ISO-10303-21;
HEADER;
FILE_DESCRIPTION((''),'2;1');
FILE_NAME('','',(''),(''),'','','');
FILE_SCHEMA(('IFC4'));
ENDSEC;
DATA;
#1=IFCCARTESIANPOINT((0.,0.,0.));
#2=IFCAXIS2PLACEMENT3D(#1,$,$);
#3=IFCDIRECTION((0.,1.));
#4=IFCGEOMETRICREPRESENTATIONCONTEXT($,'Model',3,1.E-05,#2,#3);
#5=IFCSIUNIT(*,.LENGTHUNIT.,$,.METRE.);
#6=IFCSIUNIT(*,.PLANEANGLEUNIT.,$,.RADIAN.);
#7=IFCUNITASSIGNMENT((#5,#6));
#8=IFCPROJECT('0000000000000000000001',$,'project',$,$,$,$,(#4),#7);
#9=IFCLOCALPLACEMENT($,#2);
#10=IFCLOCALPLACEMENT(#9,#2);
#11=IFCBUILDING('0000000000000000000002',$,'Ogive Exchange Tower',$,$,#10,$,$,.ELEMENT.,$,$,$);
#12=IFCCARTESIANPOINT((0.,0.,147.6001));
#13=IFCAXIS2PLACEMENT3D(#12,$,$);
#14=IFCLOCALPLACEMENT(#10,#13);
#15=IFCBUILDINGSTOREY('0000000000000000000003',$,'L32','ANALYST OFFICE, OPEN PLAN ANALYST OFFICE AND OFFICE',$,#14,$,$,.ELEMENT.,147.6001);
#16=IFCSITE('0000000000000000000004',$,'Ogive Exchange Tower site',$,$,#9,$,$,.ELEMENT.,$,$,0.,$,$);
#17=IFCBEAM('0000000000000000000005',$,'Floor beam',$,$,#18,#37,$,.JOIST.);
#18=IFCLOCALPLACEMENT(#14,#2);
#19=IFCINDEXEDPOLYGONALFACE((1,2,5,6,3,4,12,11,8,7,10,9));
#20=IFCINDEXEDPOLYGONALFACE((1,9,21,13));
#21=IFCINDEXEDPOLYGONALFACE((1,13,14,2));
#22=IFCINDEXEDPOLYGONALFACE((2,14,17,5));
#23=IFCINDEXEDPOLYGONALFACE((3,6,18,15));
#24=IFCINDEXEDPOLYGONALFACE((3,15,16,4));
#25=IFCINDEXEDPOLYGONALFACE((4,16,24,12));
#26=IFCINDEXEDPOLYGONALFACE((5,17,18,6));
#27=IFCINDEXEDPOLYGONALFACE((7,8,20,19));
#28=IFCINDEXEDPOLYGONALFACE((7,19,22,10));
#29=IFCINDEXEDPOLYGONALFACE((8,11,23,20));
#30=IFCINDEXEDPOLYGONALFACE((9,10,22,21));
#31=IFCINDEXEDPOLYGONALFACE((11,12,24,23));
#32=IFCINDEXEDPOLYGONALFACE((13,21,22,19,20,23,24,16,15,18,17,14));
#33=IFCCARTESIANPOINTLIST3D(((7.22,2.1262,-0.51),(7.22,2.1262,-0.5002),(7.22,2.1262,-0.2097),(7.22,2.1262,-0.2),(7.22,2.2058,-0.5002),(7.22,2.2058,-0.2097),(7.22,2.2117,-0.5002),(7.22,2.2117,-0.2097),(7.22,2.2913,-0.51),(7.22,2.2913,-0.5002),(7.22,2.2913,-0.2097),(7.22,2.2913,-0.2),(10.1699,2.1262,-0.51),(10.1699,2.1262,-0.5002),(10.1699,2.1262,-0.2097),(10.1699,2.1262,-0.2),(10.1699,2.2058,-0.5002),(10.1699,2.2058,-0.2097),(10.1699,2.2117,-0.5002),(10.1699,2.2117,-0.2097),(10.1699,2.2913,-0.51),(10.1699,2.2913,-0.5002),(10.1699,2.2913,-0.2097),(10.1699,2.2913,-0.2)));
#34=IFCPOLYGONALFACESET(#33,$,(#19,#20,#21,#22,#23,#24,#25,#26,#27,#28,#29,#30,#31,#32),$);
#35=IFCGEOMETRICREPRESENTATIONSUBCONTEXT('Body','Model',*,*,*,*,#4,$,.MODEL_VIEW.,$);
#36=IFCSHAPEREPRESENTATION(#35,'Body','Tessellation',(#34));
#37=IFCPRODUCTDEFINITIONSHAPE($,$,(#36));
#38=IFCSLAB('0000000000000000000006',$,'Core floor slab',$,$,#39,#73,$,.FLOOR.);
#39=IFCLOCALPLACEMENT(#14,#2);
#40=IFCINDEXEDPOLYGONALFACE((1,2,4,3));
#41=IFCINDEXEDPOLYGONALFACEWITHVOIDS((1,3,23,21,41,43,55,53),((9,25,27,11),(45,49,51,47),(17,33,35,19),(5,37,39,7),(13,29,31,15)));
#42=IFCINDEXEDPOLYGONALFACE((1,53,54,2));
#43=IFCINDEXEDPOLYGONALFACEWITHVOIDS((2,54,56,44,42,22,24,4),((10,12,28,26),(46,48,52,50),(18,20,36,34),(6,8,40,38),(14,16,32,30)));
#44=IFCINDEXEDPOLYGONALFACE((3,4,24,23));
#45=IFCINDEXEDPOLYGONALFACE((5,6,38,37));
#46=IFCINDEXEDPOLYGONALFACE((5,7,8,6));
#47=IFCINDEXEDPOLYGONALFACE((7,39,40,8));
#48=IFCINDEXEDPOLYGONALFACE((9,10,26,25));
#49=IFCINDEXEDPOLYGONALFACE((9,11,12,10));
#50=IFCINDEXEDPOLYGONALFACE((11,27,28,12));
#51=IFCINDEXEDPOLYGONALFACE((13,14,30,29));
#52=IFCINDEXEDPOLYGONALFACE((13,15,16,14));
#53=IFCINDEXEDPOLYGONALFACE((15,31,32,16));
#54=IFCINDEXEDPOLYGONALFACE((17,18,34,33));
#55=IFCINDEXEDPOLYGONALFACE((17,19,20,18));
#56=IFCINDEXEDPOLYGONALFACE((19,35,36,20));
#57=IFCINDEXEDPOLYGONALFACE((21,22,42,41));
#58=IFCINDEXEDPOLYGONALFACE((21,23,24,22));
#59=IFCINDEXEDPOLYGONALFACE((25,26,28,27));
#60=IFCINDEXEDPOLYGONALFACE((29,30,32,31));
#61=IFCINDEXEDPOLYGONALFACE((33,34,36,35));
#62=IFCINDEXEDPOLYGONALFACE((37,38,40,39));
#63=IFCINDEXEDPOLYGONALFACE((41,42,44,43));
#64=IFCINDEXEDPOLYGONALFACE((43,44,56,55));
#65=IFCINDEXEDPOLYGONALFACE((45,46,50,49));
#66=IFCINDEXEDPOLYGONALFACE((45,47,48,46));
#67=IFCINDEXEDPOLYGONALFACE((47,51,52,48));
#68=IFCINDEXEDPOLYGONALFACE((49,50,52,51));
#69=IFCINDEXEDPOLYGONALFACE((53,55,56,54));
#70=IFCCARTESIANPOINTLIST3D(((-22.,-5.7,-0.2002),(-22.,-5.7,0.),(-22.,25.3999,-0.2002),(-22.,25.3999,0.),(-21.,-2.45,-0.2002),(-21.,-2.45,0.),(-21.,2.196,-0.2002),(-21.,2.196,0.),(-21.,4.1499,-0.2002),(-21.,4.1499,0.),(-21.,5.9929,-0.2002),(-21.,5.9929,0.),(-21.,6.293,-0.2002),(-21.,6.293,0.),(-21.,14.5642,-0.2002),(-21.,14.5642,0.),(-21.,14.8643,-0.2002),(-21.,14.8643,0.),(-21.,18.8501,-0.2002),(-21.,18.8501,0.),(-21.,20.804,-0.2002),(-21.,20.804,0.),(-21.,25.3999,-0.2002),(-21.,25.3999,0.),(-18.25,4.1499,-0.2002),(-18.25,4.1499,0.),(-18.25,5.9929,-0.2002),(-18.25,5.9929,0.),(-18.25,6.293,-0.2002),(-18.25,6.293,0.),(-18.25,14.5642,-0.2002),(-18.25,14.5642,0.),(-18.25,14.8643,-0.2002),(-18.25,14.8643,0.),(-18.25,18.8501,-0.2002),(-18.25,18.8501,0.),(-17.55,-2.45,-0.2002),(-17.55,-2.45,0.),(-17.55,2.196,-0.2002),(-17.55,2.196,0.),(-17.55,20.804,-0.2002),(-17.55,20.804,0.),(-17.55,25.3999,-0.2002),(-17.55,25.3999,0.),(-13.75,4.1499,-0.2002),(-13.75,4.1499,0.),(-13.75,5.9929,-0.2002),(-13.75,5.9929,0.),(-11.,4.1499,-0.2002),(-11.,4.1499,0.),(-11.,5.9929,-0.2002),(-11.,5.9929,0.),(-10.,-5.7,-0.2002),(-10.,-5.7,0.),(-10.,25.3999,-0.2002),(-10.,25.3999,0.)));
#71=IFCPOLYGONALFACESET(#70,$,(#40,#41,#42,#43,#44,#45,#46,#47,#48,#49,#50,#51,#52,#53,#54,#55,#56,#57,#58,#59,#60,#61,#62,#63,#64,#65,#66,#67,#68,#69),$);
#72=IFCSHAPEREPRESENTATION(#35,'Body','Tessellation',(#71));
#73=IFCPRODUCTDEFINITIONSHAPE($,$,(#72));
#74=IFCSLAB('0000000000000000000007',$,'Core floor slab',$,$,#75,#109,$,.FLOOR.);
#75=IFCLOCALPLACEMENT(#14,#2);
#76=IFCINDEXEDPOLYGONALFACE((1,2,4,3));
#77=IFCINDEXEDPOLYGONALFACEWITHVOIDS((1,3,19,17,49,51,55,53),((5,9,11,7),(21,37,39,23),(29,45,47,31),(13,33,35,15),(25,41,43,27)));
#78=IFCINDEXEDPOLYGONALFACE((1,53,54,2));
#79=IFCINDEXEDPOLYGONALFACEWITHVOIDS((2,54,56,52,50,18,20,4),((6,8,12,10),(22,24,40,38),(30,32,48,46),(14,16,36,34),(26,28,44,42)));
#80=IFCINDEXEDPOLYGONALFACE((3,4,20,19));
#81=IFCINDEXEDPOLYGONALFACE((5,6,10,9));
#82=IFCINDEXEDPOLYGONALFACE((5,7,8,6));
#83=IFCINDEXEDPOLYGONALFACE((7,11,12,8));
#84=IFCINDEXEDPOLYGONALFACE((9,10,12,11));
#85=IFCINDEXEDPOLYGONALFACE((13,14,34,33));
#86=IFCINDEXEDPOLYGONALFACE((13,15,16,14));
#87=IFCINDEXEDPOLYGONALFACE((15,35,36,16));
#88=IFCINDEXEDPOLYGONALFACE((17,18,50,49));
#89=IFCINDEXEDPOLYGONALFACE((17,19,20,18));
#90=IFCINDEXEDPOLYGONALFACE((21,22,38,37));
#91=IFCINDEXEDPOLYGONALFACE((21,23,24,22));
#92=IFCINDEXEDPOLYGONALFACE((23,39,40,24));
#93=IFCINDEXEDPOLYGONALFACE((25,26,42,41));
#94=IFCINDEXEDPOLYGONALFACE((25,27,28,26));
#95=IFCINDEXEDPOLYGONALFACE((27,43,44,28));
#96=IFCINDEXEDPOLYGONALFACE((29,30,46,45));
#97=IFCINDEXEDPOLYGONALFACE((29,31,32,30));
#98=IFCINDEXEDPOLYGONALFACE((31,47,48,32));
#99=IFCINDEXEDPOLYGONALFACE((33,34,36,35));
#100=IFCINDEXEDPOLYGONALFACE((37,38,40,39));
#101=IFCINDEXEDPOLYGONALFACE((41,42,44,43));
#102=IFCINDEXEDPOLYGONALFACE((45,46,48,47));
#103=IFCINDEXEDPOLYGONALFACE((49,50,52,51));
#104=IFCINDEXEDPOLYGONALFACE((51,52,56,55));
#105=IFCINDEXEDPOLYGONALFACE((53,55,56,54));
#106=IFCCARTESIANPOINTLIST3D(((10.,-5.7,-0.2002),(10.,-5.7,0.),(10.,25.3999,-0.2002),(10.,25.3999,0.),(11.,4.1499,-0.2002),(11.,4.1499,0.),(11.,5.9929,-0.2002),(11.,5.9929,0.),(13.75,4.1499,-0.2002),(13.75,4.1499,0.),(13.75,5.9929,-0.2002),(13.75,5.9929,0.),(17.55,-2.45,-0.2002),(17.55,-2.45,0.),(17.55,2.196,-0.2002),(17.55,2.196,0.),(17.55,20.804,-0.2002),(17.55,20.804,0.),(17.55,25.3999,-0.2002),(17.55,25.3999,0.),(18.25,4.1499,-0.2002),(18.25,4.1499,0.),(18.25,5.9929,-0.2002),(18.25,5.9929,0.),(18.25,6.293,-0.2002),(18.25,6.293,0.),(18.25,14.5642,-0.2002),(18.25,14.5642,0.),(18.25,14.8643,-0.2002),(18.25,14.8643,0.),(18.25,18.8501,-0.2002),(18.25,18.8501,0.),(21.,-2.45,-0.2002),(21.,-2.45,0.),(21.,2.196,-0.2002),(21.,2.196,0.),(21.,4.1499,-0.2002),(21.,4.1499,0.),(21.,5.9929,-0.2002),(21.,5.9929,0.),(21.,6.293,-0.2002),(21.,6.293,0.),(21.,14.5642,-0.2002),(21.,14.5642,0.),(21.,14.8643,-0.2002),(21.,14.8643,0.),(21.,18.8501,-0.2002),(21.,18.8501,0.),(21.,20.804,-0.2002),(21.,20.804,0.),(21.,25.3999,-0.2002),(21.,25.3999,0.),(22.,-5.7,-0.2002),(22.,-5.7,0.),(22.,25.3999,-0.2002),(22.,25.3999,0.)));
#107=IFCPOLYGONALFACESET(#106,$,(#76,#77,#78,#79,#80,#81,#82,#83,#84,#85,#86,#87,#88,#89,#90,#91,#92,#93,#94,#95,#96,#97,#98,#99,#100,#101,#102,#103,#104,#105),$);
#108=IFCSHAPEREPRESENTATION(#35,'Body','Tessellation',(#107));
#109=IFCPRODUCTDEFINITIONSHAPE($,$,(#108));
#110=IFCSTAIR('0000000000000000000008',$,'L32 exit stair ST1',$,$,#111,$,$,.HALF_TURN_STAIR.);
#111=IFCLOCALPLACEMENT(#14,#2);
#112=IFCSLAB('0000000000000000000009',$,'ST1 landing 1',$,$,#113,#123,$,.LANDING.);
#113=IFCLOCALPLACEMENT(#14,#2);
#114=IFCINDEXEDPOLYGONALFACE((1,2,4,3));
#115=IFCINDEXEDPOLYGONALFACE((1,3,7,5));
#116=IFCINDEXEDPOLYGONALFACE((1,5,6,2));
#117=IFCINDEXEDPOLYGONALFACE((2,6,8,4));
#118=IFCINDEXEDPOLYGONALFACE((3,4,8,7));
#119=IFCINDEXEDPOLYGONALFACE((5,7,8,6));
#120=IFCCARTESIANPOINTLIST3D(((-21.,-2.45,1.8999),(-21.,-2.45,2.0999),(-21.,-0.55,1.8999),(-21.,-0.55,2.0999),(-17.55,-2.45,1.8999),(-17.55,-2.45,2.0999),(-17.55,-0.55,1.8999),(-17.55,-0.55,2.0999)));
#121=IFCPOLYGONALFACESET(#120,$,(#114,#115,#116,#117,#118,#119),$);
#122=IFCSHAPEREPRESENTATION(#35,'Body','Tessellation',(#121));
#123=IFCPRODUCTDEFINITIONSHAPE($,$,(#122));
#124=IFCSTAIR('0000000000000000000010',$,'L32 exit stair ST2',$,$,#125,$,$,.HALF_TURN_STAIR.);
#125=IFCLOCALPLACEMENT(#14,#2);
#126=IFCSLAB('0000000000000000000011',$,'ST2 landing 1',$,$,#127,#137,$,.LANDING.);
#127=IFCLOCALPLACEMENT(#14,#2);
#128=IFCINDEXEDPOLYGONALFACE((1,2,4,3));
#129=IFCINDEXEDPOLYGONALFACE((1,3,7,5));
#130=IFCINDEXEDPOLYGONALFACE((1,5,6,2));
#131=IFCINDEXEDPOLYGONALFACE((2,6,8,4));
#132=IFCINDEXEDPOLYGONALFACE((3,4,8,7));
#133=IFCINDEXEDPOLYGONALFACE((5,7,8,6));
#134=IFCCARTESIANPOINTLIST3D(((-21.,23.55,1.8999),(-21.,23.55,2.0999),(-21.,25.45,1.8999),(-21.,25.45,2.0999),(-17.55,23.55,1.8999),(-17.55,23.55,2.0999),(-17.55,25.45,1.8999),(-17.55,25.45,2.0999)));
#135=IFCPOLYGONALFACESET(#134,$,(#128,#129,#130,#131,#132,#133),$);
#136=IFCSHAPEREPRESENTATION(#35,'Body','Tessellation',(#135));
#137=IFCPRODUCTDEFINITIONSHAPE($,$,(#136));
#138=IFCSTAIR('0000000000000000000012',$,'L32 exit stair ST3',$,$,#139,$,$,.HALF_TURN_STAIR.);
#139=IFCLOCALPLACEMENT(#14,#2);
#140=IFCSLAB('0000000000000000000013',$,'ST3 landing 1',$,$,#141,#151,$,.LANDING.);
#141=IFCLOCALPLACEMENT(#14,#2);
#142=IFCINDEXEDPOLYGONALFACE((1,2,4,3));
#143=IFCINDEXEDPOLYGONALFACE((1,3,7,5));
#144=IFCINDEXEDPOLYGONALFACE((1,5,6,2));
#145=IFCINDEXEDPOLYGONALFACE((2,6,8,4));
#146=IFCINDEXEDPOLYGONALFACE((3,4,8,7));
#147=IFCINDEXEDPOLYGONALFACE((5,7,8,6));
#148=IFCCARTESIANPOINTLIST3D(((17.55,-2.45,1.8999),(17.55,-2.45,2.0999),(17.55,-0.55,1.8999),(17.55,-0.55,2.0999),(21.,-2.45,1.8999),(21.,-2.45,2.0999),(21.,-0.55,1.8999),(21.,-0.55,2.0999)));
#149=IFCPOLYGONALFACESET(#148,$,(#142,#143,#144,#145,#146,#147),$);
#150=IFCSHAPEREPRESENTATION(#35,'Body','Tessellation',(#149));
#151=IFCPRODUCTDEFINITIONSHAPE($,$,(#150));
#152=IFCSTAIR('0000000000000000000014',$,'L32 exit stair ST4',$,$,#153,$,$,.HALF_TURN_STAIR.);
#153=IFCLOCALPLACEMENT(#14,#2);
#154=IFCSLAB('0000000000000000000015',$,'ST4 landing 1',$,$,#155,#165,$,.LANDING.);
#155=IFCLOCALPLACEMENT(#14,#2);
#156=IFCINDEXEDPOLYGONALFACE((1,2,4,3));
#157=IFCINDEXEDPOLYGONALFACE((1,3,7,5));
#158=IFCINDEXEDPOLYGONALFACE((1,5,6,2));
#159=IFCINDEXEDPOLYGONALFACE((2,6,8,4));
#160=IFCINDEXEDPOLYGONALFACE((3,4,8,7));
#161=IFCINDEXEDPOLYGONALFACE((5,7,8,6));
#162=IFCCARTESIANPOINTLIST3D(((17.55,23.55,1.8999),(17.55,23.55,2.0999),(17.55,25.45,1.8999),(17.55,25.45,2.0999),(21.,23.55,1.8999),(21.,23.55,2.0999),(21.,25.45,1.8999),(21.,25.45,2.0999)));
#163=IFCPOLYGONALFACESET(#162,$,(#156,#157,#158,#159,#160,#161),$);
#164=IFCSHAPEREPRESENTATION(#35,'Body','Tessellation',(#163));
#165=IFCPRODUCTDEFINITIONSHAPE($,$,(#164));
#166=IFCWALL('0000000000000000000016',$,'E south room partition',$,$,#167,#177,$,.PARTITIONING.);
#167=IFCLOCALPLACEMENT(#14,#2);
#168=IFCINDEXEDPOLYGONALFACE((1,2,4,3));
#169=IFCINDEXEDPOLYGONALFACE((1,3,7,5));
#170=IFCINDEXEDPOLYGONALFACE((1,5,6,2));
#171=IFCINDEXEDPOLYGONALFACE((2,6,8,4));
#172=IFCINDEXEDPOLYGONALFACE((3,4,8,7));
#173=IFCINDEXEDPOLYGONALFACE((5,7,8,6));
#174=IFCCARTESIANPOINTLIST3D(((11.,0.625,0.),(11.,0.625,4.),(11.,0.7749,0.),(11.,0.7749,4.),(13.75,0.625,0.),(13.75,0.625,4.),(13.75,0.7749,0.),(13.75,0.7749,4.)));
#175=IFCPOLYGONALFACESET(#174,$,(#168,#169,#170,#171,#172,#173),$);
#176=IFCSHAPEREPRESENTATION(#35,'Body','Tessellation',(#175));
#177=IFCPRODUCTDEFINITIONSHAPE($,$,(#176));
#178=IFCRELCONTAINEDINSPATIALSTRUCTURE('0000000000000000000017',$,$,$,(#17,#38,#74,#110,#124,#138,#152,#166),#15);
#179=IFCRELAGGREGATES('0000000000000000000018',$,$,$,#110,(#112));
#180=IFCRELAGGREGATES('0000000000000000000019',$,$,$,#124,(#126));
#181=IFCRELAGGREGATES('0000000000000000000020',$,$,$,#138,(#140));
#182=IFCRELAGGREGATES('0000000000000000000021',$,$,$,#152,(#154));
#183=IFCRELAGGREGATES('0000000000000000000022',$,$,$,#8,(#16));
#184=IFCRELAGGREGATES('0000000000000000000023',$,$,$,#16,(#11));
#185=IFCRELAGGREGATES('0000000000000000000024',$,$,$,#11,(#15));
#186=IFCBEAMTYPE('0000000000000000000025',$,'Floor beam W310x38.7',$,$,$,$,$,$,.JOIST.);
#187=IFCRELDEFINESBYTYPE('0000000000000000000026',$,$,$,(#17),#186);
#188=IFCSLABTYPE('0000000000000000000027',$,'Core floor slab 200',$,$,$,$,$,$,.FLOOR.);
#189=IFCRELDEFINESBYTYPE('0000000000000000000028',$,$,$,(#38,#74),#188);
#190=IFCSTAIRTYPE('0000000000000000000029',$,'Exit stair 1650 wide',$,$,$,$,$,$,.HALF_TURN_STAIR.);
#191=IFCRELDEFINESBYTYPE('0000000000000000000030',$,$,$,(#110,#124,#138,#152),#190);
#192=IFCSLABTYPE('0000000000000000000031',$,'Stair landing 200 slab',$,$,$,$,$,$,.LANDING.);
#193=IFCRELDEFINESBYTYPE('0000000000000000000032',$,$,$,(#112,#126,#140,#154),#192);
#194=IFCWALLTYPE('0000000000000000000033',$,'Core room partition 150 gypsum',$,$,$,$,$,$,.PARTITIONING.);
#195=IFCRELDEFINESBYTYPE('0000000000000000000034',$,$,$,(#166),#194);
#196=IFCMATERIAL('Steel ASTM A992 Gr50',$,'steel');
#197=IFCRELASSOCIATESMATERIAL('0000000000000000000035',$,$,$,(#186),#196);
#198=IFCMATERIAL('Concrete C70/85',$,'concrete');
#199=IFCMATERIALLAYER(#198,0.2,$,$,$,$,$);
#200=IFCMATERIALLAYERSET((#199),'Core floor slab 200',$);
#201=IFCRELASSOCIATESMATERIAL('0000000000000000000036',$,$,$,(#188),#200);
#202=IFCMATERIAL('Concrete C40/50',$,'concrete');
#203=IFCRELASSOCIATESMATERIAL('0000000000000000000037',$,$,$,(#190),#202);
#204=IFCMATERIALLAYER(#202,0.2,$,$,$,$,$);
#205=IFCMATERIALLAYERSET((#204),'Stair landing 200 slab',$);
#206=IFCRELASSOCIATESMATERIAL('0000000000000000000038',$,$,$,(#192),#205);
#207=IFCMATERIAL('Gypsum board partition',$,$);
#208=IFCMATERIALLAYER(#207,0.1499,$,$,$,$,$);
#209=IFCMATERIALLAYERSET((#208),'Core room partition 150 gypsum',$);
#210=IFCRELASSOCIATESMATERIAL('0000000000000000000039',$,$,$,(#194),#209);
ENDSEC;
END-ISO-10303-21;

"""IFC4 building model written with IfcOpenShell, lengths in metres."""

from ifc_helpers import new_model, si_unit, direction, frame, frame_2d, origin, origin_2d, place, context, subcontext, project, spatial, polyline, rectangle, i_section, outline, extrude, material, layer, layer_set, material_profile, profile_set, type_object, element, aggregate, save


model = new_model("IFC4")

# Units and contexts
model_context = context("Model", 3, precision=1e-05, world=origin(), true_north=direction((0.0, 1.0)))
body_context = subcontext(model_context, "Body", "Model", "MODEL_VIEW")
ifc_project = project(units=[si_unit("LENGTHUNIT", "METRE"), si_unit("PLANEANGLEUNIT", "RADIAN")], contexts=[model_context])

# Site, building, storey
site_placement = place(None, origin())
site = spatial("IfcSite", under=ifc_project, at=site_placement, Name="Ogive Exchange Tower site", CompositionType="ELEMENT", RefElevation=0.0)
building_placement = place(site_placement, origin())
building = spatial("IfcBuilding", under=site, at=building_placement, Name="Ogive Exchange Tower", CompositionType="ELEMENT")
storey_placement = place(building_placement, frame((0.0, 0.0, 147.6001)))
storey = spatial("IfcBuildingStorey", under=building, at=storey_placement, Name="L32", Description="ANALYST OFFICE, OPEN PLAN ANALYST OFFICE AND OFFICE", CompositionType="ELEMENT", Elevation=147.6001)

# Beam
ifc_material_1 = material(Name="Steel ASTM A992 Gr50", Category="steel")
ifc_material_profile = material_profile(ifc_material_1, i_section(OverallWidth=0.165, OverallDepth=0.3101, WebThickness=0.0059, FlangeThickness=0.0098, at=origin_2d()), Name="W310x38.7")
ifc_profile_set = profile_set([ifc_material_profile], Name="Steel ASTM A992 Gr50")
beam_type = type_object("IfcBeamType", Name="Floor beam W310x38.7", PredefinedType="JOIST", material=ifc_profile_set)
beam_placement = place(storey_placement, frame((7.22, 2.2087, -0.355), z_axis=(1.0, 0.0, 0.0), x_axis=(0.0, 1.0, 0.0)))
element("IfcBeam", 1, at=beam_placement, inside=storey, type_object=beam_type, Name="Floor beam", PredefinedType="JOIST", context=body_context, shape_type="SweptSolid", body=[
    extrude(i_section(OverallWidth=0.165, OverallDepth=0.3101, WebThickness=0.0059, FlangeThickness=0.0098, at=origin_2d()), origin(), (0.0, 0.0, 1.0), 2.95),
])

# Slabs
ifc_material_2 = material(Name="Concrete C70/85", Category="concrete")
ifc_layer_1 = layer(ifc_material_2, 0.2)
ifc_layer_set_1 = layer_set([ifc_layer_1], Name="Core floor slab 200")
slab_type_1 = type_object("IfcSlabType", Name="Core floor slab 200", PredefinedType="FLOOR", material=ifc_layer_set_1)
slab_1_placement = place(storey_placement, frame((0.0, 0.0, -0.2002)))
element("IfcSlab", 2, at=slab_1_placement, inside=storey, type_object=slab_type_1, Name="Core floor slab", PredefinedType="FLOOR", context=body_context, shape_type="SweptSolid", body=[
    extrude(outline(polyline([(-10.0, 25.3999), (-10.0, -5.7), (-22.0, -5.7), (-22.0, 25.3999), (-21.0, 25.3999), (-21.0, 20.804), (-17.55, 20.804), (-17.55, 25.3999), (-10.0, 25.3999)]), holes=[polyline([(-17.55, 2.196), (-21.0, 2.196), (-21.0, -2.45), (-17.55, -2.45), (-17.55, 2.196)]), polyline([(-18.25, 5.9929), (-21.0, 5.9929), (-21.0, 4.1499), (-18.25, 4.1499), (-18.25, 5.9929)]), polyline([(-11.0, 5.9929), (-13.75, 5.9929), (-13.75, 4.1499), (-11.0, 4.1499), (-11.0, 5.9929)]), polyline([(-21.0, 14.5642), (-21.0, 6.293), (-18.25, 6.293), (-18.25, 14.5642), (-21.0, 14.5642)]), polyline([(-18.25, 18.8501), (-21.0, 18.8501), (-21.0, 14.8643), (-18.25, 14.8643), (-18.25, 18.8501)])]), origin(), (0.0, 0.0, 1.0), 0.2002),
])
slab_2_placement = place(storey_placement, frame((0.0, 0.0, -0.2002)))
element("IfcSlab", 3, at=slab_2_placement, inside=storey, type_object=slab_type_1, Name="Core floor slab", PredefinedType="FLOOR", context=body_context, shape_type="SweptSolid", body=[
    extrude(outline(polyline([(22.0, 25.3999), (22.0, -5.7), (10.0, -5.7), (10.0, 25.3999), (17.55, 25.3999), (17.55, 20.804), (21.0, 20.804), (21.0, 25.3999), (22.0, 25.3999)]), holes=[polyline([(21.0, 2.196), (17.55, 2.196), (17.55, -2.45), (21.0, -2.45), (21.0, 2.196)]), polyline([(13.75, 5.9929), (11.0, 5.9929), (11.0, 4.1499), (13.75, 4.1499), (13.75, 5.9929)]), polyline([(21.0, 5.9929), (18.25, 5.9929), (18.25, 4.1499), (21.0, 4.1499), (21.0, 5.9929)]), polyline([(18.25, 14.5642), (18.25, 6.293), (21.0, 6.293), (21.0, 14.5642), (18.25, 14.5642)]), polyline([(21.0, 18.8501), (18.25, 18.8501), (18.25, 14.8643), (21.0, 14.8643), (21.0, 18.8501)])]), origin(), (0.0, 0.0, 1.0), 0.2002),
])

# Stairs, slabs
ifc_material_3 = material(Name="Concrete C40/50", Category="concrete")
stair_type = type_object("IfcStairType", Name="Exit stair 1650 wide", PredefinedType="HALF_TURN_STAIR", material=ifc_material_3)
stair_1_placement = place(storey_placement, origin())
stair_1 = element("IfcStair", 4, at=stair_1_placement, inside=storey, type_object=stair_type, Name="L32 exit stair ST1", PredefinedType="HALF_TURN_STAIR")
ifc_layer_2 = layer(ifc_material_3, 0.2)
ifc_layer_set_2 = layer_set([ifc_layer_2], Name="Stair landing 200 slab")
slab_type_2 = type_object("IfcSlabType", Name="Stair landing 200 slab", PredefinedType="LANDING", material=ifc_layer_set_2)
slab_3_placement = place(storey_placement, frame((0.0, 0.0, 1.8999)))
slab_3 = element("IfcSlab", 5, at=slab_3_placement, type_object=slab_type_2, Name="ST1 landing 1", PredefinedType="LANDING", context=body_context, shape_type="SweptSolid", body=[
    extrude(outline(polyline([(-21.0, -0.55), (-21.0, -2.45), (-17.55, -2.45), (-17.55, -0.55), (-21.0, -0.55)])), origin(), (0.0, 0.0, 1.0), 0.2),
])
aggregate(stair_1, [slab_3])
stair_2_placement = place(storey_placement, origin())
stair_2 = element("IfcStair", 6, at=stair_2_placement, inside=storey, type_object=stair_type, Name="L32 exit stair ST2", PredefinedType="HALF_TURN_STAIR")
slab_4_placement = place(storey_placement, frame((0.0, 0.0, 1.8999)))
slab_4 = element("IfcSlab", 7, at=slab_4_placement, type_object=slab_type_2, Name="ST2 landing 1", PredefinedType="LANDING", context=body_context, shape_type="SweptSolid", body=[
    extrude(outline(polyline([(-17.55, 23.55), (-17.55, 25.45), (-21.0, 25.45), (-21.0, 23.55), (-17.55, 23.55)])), origin(), (0.0, 0.0, 1.0), 0.2),
])
aggregate(stair_2, [slab_4])
stair_3_placement = place(storey_placement, origin())
stair_3 = element("IfcStair", 8, at=stair_3_placement, inside=storey, type_object=stair_type, Name="L32 exit stair ST3", PredefinedType="HALF_TURN_STAIR")
slab_5_placement = place(storey_placement, frame((0.0, 0.0, 1.8999)))
slab_5 = element("IfcSlab", 9, at=slab_5_placement, type_object=slab_type_2, Name="ST3 landing 1", PredefinedType="LANDING", context=body_context, shape_type="SweptSolid", body=[
    extrude(outline(polyline([(17.55, -0.55), (17.55, -2.45), (21.0, -2.45), (21.0, -0.55), (17.55, -0.55)])), origin(), (0.0, 0.0, 1.0), 0.2),
])
aggregate(stair_3, [slab_5])
stair_4_placement = place(storey_placement, origin())
stair_4 = element("IfcStair", 10, at=stair_4_placement, inside=storey, type_object=stair_type, Name="L32 exit stair ST4", PredefinedType="HALF_TURN_STAIR")
slab_6_placement = place(storey_placement, frame((0.0, 0.0, 1.8999)))
slab_6 = element("IfcSlab", 11, at=slab_6_placement, type_object=slab_type_2, Name="ST4 landing 1", PredefinedType="LANDING", context=body_context, shape_type="SweptSolid", body=[
    extrude(outline(polyline([(21.0, 23.55), (21.0, 25.45), (17.55, 25.45), (17.55, 23.55), (21.0, 23.55)])), origin(), (0.0, 0.0, 1.0), 0.2),
])
aggregate(stair_4, [slab_6])

# Wall
ifc_material_4 = material(Name="Gypsum board partition")
ifc_layer_3 = layer(ifc_material_4, 0.1499)
ifc_layer_set_3 = layer_set([ifc_layer_3], Name="Core room partition 150 gypsum")
wall_type_1 = type_object("IfcWallType", Name="Core room partition 150 gypsum", PredefinedType="PARTITIONING", material=ifc_layer_set_3)
wall_1_placement = place(storey_placement, frame((11.0, 0.7, 0.0), z_axis=(0.0, 0.0, 1.0), x_axis=(1.0, 0.0, 0.0)))
element("IfcWall", 12, at=wall_1_placement, inside=storey, type_object=wall_type_1, Name="E south room partition", PredefinedType="PARTITIONING", context=body_context, shape_type="SweptSolid", body=[
    extrude(rectangle(XDim=2.75, YDim=0.1499, at=frame_2d((1.375, 0.0))), origin(), (0.0, 0.0, 1.0), 4.0),
])

save(model, "model.ifc")
